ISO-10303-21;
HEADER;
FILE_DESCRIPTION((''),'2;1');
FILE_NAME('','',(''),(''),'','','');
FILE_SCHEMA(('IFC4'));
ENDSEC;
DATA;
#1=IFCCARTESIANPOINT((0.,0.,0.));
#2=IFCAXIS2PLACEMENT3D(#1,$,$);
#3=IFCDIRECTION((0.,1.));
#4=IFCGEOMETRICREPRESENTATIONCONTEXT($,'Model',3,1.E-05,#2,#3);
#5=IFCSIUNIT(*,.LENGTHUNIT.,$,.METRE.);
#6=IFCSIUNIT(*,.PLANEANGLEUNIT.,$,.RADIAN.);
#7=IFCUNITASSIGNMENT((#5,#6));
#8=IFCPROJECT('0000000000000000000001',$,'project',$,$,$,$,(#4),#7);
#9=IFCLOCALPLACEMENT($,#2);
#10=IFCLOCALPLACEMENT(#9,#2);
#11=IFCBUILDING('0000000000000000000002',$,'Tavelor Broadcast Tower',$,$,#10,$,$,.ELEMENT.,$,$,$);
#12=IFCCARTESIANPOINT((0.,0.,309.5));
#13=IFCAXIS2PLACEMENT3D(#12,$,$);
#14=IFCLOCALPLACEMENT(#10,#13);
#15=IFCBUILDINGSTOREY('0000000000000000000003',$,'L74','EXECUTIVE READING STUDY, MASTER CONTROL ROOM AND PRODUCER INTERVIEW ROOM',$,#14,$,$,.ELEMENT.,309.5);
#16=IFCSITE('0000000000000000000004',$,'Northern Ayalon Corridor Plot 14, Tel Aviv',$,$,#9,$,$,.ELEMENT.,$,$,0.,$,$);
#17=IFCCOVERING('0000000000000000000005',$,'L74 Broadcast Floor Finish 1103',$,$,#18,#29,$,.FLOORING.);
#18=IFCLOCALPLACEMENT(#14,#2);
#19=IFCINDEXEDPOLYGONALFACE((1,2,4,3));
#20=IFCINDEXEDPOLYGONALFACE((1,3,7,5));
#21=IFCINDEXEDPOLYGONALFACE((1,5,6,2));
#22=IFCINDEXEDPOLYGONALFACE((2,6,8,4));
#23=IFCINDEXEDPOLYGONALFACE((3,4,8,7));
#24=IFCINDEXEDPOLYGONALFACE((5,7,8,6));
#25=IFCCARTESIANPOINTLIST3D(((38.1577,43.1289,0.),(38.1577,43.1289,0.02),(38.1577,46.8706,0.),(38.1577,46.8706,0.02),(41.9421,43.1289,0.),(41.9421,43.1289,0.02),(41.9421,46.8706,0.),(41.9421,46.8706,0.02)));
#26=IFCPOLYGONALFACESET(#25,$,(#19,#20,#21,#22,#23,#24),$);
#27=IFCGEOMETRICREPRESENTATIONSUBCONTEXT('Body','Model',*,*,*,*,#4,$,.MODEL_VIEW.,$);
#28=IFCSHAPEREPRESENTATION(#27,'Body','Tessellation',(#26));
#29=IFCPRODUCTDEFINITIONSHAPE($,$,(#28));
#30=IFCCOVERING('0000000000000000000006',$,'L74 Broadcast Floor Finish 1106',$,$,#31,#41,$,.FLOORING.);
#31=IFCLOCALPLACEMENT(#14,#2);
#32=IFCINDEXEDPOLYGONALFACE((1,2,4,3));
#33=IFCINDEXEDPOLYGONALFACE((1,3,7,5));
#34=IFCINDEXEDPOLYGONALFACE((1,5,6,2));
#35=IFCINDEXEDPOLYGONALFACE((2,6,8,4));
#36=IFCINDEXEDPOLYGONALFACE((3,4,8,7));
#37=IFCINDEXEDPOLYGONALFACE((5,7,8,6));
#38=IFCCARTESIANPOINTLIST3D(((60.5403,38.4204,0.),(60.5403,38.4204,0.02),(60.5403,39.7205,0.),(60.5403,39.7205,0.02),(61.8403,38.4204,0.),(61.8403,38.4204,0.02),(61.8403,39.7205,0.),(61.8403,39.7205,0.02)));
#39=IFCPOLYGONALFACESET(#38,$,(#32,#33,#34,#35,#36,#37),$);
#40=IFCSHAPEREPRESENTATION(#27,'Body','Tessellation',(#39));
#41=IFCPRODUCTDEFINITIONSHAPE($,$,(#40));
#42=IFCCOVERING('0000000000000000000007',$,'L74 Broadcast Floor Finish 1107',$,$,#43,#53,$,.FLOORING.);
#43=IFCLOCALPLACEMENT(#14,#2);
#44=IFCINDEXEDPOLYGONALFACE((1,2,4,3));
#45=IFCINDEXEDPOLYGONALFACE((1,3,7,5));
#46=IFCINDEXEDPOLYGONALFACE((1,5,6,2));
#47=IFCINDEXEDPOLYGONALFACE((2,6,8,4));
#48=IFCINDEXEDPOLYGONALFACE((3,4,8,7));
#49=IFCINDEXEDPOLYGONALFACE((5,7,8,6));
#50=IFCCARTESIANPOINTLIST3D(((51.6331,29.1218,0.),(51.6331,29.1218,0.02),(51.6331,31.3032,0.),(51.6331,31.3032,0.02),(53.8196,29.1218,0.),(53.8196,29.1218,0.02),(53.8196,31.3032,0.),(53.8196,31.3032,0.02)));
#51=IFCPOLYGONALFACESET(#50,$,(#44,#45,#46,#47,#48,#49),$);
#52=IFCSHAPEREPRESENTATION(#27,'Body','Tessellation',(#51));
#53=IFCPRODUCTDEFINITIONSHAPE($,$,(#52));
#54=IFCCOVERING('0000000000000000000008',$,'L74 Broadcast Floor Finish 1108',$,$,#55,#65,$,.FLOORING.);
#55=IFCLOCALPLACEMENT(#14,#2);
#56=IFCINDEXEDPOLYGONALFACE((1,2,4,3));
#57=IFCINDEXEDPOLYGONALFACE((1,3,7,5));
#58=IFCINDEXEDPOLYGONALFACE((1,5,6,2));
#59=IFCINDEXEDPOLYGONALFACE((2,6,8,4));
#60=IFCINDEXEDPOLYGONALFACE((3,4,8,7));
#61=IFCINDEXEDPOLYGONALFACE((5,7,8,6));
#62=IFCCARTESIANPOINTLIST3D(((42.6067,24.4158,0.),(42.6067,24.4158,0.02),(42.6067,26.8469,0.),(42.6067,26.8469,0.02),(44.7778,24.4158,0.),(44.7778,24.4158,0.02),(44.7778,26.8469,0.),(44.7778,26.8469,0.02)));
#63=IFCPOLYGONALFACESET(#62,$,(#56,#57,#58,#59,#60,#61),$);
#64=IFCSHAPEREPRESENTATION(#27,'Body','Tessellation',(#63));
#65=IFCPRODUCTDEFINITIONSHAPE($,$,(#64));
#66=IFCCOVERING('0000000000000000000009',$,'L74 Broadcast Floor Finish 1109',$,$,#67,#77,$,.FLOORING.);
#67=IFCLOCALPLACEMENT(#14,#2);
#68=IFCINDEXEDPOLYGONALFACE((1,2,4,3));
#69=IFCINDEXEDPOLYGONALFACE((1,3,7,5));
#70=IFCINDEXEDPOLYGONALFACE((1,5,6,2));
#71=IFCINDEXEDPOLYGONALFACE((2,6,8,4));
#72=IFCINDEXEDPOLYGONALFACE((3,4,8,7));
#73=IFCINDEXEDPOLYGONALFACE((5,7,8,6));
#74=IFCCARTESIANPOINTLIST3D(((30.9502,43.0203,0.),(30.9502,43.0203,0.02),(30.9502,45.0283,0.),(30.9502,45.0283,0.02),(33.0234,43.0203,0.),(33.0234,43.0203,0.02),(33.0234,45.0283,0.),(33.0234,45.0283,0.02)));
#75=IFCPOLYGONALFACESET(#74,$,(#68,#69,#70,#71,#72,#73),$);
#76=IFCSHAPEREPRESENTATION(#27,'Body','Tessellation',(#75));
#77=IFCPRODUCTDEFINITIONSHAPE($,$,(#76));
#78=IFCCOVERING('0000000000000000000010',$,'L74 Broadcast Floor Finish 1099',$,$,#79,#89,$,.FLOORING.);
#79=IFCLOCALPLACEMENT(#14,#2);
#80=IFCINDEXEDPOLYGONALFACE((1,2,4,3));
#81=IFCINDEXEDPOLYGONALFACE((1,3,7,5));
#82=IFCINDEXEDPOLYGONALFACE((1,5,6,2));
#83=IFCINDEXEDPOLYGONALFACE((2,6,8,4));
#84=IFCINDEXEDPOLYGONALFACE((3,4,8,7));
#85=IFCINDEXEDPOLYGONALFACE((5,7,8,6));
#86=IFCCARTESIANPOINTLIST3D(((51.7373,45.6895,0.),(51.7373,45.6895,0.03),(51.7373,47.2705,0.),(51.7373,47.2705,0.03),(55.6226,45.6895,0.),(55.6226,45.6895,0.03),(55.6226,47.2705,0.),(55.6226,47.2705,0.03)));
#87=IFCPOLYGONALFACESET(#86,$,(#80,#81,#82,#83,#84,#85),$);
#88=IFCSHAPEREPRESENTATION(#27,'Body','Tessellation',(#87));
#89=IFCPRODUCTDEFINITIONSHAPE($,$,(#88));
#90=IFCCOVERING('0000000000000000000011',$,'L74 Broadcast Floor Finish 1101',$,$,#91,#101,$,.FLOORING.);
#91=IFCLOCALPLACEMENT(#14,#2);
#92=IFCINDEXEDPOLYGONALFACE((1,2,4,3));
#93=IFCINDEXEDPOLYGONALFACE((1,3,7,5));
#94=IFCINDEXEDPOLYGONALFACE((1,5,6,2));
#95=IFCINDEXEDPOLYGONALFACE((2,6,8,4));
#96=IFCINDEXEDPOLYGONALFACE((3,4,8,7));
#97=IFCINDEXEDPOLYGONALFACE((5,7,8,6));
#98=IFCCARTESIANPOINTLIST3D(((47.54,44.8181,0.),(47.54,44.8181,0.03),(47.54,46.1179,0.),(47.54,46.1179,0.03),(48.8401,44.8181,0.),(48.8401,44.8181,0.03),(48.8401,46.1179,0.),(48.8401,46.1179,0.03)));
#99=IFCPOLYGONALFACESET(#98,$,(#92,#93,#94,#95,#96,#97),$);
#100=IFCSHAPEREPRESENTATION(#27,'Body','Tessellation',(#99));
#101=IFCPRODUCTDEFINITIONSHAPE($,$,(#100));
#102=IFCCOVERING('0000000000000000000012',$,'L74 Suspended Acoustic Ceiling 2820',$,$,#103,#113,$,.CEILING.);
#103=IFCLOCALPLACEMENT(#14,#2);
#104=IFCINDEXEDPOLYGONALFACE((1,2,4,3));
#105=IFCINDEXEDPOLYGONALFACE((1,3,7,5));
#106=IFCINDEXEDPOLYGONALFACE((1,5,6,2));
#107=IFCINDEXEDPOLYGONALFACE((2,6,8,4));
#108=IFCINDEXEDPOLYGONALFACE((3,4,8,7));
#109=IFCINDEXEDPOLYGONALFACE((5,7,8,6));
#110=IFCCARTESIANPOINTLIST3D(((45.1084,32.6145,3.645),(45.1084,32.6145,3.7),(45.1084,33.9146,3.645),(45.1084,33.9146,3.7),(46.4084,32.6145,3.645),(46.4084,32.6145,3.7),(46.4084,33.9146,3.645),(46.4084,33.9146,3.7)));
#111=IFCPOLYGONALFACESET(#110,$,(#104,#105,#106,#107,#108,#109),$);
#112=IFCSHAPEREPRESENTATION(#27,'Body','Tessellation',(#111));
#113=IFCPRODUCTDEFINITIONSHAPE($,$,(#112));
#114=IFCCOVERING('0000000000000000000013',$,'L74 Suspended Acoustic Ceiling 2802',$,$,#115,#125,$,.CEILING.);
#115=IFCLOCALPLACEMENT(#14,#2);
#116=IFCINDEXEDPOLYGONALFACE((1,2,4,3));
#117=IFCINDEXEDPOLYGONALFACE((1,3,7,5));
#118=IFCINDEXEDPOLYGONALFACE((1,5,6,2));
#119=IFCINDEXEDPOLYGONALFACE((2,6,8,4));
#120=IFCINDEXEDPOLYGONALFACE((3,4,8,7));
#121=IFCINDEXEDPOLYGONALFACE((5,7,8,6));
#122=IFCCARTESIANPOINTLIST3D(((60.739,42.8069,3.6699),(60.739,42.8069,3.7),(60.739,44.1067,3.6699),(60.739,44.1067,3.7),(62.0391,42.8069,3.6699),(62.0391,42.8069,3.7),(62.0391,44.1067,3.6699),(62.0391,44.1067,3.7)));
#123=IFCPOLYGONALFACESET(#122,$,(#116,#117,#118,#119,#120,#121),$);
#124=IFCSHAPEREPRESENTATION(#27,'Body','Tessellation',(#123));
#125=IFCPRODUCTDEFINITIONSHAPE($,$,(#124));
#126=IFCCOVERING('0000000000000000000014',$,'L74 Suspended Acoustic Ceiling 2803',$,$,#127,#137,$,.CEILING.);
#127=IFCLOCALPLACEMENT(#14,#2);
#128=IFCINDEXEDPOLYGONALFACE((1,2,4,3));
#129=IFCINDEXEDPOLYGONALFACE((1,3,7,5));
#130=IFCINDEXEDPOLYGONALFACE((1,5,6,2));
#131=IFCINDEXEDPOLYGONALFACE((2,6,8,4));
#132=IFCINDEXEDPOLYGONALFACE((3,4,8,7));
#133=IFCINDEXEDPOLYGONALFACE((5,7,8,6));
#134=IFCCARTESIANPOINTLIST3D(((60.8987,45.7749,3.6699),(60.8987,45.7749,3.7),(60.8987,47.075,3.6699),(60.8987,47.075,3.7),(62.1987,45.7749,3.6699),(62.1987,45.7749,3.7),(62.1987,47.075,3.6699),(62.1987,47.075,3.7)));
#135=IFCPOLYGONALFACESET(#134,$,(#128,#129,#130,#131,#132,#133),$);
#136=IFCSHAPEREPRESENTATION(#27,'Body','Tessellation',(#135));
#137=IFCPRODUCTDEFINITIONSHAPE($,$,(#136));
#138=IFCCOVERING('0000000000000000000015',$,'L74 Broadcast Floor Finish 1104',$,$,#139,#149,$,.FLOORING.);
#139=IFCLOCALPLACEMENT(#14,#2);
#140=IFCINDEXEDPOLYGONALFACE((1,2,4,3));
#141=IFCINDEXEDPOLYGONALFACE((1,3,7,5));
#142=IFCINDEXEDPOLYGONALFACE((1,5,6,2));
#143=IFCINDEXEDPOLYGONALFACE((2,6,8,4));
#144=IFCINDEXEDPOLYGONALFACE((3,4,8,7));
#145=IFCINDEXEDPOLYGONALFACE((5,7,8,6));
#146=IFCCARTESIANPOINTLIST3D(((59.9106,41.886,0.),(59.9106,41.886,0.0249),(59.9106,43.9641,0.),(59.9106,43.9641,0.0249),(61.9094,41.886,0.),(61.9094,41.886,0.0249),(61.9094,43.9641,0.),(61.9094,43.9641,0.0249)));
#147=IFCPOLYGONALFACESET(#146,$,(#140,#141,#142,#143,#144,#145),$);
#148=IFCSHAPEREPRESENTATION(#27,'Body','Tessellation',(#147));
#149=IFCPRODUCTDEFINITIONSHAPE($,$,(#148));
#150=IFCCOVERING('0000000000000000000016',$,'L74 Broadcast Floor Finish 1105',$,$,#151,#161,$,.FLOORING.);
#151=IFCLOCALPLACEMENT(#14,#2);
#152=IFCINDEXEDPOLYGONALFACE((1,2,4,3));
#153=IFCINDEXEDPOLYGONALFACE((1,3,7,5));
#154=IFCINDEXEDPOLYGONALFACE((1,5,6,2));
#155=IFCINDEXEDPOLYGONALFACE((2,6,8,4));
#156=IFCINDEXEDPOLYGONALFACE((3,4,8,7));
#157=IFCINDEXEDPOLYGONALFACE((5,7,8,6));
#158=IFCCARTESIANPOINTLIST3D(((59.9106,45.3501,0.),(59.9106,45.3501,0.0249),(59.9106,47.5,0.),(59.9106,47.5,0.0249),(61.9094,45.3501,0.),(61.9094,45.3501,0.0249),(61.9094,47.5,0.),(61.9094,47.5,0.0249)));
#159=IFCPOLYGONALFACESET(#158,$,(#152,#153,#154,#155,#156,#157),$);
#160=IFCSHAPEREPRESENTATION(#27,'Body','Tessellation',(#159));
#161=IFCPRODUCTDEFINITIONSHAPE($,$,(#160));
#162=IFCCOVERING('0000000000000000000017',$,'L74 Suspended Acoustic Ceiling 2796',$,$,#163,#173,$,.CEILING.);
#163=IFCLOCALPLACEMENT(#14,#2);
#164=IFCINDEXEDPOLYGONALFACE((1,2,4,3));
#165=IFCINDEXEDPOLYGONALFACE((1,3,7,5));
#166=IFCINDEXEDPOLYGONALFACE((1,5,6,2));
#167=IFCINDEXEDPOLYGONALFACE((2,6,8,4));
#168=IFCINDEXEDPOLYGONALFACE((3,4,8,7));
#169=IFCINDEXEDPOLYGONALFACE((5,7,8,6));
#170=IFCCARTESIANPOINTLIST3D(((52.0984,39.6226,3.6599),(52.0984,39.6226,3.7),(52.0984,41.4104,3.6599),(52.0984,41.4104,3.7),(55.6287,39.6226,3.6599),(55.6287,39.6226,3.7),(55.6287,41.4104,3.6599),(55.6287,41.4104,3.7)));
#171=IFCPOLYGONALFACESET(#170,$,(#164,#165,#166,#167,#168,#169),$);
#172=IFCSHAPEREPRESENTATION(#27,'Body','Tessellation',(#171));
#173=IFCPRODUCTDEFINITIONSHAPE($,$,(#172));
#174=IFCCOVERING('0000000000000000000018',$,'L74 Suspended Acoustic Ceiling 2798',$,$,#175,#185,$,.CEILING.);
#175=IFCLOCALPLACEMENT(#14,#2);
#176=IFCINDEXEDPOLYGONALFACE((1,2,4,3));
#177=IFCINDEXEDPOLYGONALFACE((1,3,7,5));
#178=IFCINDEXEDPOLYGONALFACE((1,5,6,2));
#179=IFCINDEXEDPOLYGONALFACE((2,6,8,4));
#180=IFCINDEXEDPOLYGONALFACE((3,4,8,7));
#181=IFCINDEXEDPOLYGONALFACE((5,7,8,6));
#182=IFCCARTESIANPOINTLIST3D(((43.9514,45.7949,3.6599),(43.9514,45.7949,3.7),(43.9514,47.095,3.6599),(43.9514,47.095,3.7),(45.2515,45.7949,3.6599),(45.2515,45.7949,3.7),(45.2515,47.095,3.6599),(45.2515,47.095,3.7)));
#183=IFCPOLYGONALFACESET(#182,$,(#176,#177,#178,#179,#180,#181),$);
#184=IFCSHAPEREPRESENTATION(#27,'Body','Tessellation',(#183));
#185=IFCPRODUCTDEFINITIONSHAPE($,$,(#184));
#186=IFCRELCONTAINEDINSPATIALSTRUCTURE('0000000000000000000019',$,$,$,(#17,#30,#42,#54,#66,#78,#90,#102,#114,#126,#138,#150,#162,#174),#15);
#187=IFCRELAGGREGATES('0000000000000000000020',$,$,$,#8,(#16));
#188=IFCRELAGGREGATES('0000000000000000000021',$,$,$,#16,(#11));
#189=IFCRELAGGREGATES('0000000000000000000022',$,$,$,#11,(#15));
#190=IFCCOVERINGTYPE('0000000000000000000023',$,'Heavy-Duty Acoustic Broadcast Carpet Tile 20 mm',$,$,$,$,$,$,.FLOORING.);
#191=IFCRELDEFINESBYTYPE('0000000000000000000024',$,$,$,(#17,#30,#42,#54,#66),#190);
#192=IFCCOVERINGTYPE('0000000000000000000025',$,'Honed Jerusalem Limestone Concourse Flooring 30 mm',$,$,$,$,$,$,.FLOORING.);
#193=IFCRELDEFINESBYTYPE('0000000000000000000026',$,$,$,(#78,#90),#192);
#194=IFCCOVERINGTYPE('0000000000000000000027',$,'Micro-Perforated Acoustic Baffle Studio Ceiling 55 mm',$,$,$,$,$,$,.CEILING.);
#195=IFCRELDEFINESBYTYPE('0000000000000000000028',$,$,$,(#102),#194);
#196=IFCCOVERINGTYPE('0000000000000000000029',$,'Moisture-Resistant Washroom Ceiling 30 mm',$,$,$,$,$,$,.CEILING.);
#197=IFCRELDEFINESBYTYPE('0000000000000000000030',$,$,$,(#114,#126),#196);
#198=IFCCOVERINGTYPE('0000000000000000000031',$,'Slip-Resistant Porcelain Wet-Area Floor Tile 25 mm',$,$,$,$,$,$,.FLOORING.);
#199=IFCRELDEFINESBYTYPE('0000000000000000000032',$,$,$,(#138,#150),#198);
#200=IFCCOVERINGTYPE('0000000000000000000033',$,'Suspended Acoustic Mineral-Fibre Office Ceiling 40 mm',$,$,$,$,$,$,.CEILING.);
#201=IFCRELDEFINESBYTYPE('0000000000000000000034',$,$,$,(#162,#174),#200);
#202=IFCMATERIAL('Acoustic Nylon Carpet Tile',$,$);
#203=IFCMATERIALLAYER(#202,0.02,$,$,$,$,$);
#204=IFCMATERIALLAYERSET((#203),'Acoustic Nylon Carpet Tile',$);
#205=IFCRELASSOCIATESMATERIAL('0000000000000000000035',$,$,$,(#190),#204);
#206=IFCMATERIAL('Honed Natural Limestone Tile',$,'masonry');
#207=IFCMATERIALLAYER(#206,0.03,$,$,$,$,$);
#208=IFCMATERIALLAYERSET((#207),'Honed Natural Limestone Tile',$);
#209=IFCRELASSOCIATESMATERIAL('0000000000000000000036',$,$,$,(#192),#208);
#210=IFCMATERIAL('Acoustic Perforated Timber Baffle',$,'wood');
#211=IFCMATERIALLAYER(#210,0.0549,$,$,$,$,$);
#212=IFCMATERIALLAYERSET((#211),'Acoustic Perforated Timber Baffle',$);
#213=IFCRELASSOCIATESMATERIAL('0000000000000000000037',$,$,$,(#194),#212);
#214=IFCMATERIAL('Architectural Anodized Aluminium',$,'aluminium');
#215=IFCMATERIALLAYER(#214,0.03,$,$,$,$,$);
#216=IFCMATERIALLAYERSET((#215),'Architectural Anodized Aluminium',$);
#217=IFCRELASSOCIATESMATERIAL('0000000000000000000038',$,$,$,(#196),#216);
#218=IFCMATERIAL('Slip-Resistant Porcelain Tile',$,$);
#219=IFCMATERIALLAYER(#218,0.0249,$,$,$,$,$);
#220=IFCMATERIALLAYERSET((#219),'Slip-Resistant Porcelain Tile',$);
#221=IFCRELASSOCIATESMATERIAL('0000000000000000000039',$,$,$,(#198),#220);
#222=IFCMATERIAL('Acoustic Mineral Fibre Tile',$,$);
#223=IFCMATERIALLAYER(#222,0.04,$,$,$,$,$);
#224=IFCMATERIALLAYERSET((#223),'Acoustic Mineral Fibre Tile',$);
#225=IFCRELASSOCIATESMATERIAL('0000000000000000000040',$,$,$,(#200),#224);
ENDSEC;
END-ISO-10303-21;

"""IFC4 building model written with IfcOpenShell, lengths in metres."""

from ifc_helpers import new_model, si_unit, direction, frame, origin, place, context, subcontext, project, spatial, polyline, outline, extrude, material, layer, layer_set, type_object, element, save


model = new_model("IFC4")

# Units and contexts
model_context = context("Model", 3, precision=1e-05, world=origin(), true_north=direction((0.0, 1.0)))
body_context = subcontext(model_context, "Body", "Model", "MODEL_VIEW")
ifc_project = project(units=[si_unit("LENGTHUNIT", "METRE"), si_unit("PLANEANGLEUNIT", "RADIAN")], contexts=[model_context])

# Site, building, storey
site_placement = place(None, origin())
site = spatial("IfcSite", under=ifc_project, at=site_placement, Name="Northern Ayalon Corridor Plot 14, Tel Aviv", CompositionType="ELEMENT", RefElevation=0.0)
building_placement = place(site_placement, origin())
building = spatial("IfcBuilding", under=site, at=building_placement, Name="Tavelor Broadcast Tower", CompositionType="ELEMENT")
storey_placement = place(building_placement, frame((0.0, 0.0, 309.5)))
storey = spatial("IfcBuildingStorey", under=building, at=storey_placement, Name="L74", Description="EXECUTIVE READING STUDY, MASTER CONTROL ROOM AND PRODUCER INTERVIEW ROOM", CompositionType="ELEMENT", Elevation=309.5)

# Coverings
ifc_material_1 = material(Name="Architectural Anodized Aluminium", Category="aluminium")
ifc_material_2 = material(Name="Acoustic Nylon Carpet Tile")
ifc_layer_1 = layer(ifc_material_2, 0.02)
ifc_layer_set_1 = layer_set([ifc_layer_1], Name="Acoustic Nylon Carpet Tile")
covering_type_1 = type_object("IfcCoveringType", Name="Heavy-Duty Acoustic Broadcast Carpet Tile 20 mm", PredefinedType="FLOORING", material=ifc_layer_set_1)
covering_1_placement = place(storey_placement, origin())
element("IfcCovering", 1, at=covering_1_placement, inside=storey, type_object=covering_type_1, Name="L74 Broadcast Floor Finish 1103", PredefinedType="FLOORING", context=body_context, shape_type="SweptSolid", body=[
    extrude(outline(polyline([(38.1577, 43.1289), (41.9421, 43.1289), (41.9421, 46.8706), (38.1577, 46.8706), (38.1577, 43.1289)])), origin(), (0.0, 0.0, 1.0), 0.02),
])
covering_2_placement = place(storey_placement, origin())
element("IfcCovering", 2, at=covering_2_placement, inside=storey, type_object=covering_type_1, Name="L74 Broadcast Floor Finish 1106", PredefinedType="FLOORING", context=body_context, shape_type="SweptSolid", body=[
    extrude(outline(polyline([(60.5403, 38.4204), (61.8403, 38.4204), (61.8403, 39.7205), (60.5403, 39.7205), (60.5403, 38.4204)])), origin(), (0.0, 0.0, 1.0), 0.02),
])
covering_3_placement = place(storey_placement, origin())
element("IfcCovering", 3, at=covering_3_placement, inside=storey, type_object=covering_type_1, Name="L74 Broadcast Floor Finish 1107", PredefinedType="FLOORING", context=body_context, shape_type="SweptSolid", body=[
    extrude(outline(polyline([(51.6331, 29.1218), (53.8196, 29.1218), (53.8196, 31.3032), (51.6331, 31.3032), (51.6331, 29.1218)])), origin(), (0.0, 0.0, 1.0), 0.02),
])
covering_4_placement = place(storey_placement, origin())
element("IfcCovering", 4, at=covering_4_placement, inside=storey, type_object=covering_type_1, Name="L74 Broadcast Floor Finish 1108", PredefinedType="FLOORING", context=body_context, shape_type="SweptSolid", body=[
    extrude(outline(polyline([(42.6067, 24.4158), (44.7778, 24.4158), (44.7778, 26.8469), (42.6067, 26.8469), (42.6067, 24.4158)])), origin(), (0.0, 0.0, 1.0), 0.02),
])
covering_5_placement = place(storey_placement, origin())
element("IfcCovering", 5, at=covering_5_placement, inside=storey, type_object=covering_type_1, Name="L74 Broadcast Floor Finish 1109", PredefinedType="FLOORING", context=body_context, shape_type="SweptSolid", body=[
    extrude(outline(polyline([(30.9502, 43.0203), (33.0234, 43.0203), (33.0234, 45.0283), (30.9502, 45.0283), (30.9502, 43.0203)])), origin(), (0.0, 0.0, 1.0), 0.02),
])
ifc_material_3 = material(Name="Honed Natural Limestone Tile", Category="masonry")
ifc_layer_2 = layer(ifc_material_3, 0.03)
ifc_layer_set_2 = layer_set([ifc_layer_2], Name="Honed Natural Limestone Tile")
covering_type_2 = type_object("IfcCoveringType", Name="Honed Jerusalem Limestone Concourse Flooring 30 mm", PredefinedType="FLOORING", material=ifc_layer_set_2)
covering_6_placement = place(storey_placement, origin())
element("IfcCovering", 6, at=covering_6_placement, inside=storey, type_object=covering_type_2, Name="L74 Broadcast Floor Finish 1099", PredefinedType="FLOORING", context=body_context, shape_type="SweptSolid", body=[
    extrude(outline(polyline([(51.7373, 45.6895), (55.6226, 45.6895), (55.6226, 47.2705), (51.7373, 47.2705), (51.7373, 45.6895)])), origin(), (0.0, 0.0, 1.0), 0.03),
])
covering_7_placement = place(storey_placement, origin())
element("IfcCovering", 7, at=covering_7_placement, inside=storey, type_object=covering_type_2, Name="L74 Broadcast Floor Finish 1101", PredefinedType="FLOORING", context=body_context, shape_type="SweptSolid", body=[
    extrude(outline(polyline([(47.54, 44.8181), (48.8401, 44.8181), (48.8401, 46.1179), (47.54, 46.1179), (47.54, 44.8181)])), origin(), (0.0, 0.0, 1.0), 0.03),
])
ifc_material_4 = material(Name="Acoustic Perforated Timber Baffle", Category="wood")
ifc_layer_3 = layer(ifc_material_4, 0.0549)
ifc_layer_set_3 = layer_set([ifc_layer_3], Name="Acoustic Perforated Timber Baffle")
covering_type_3 = type_object("IfcCoveringType", Name="Micro-Perforated Acoustic Baffle Studio Ceiling 55 mm", PredefinedType="CEILING", material=ifc_layer_set_3)
covering_8_placement = place(storey_placement, frame((0.0, 0.0, 3.645)))
element("IfcCovering", 8, at=covering_8_placement, inside=storey, type_object=covering_type_3, Name="L74 Suspended Acoustic Ceiling 2820", PredefinedType="CEILING", context=body_context, shape_type="SweptSolid", body=[
    extrude(outline(polyline([(45.1084, 32.6145), (46.4084, 32.6145), (46.4084, 33.9146), (45.1084, 33.9146), (45.1084, 32.6145)])), origin(), (0.0, 0.0, 1.0), 0.0549),
])
ifc_layer_4 = layer(ifc_material_1, 0.03)
ifc_layer_set_4 = layer_set([ifc_layer_4], Name="Architectural Anodized Aluminium")
covering_type_4 = type_object("IfcCoveringType", Name="Moisture-Resistant Washroom Ceiling 30 mm", PredefinedType="CEILING", material=ifc_layer_set_4)
covering_9_placement = place(storey_placement, frame((0.0, 0.0, 3.6699)))
element("IfcCovering", 9, at=covering_9_placement, inside=storey, type_object=covering_type_4, Name="L74 Suspended Acoustic Ceiling 2802", PredefinedType="CEILING", context=body_context, shape_type="SweptSolid", body=[
    extrude(outline(polyline([(60.739, 42.8069), (62.0391, 42.8069), (62.0391, 44.1067), (60.739, 44.1067), (60.739, 42.8069)])), origin(), (0.0, 0.0, 1.0), 0.03),
])
covering_10_placement = place(storey_placement, frame((0.0, 0.0, 3.6699)))
element("IfcCovering", 10, at=covering_10_placement, inside=storey, type_object=covering_type_4, Name="L74 Suspended Acoustic Ceiling 2803", PredefinedType="CEILING", context=body_context, shape_type="SweptSolid", body=[
    extrude(outline(polyline([(60.8987, 45.7749), (62.1987, 45.7749), (62.1987, 47.075), (60.8987, 47.075), (60.8987, 45.7749)])), origin(), (0.0, 0.0, 1.0), 0.03),
])
ifc_material_5 = material(Name="Slip-Resistant Porcelain Tile")
ifc_layer_5 = layer(ifc_material_5, 0.0249)
ifc_layer_set_5 = layer_set([ifc_layer_5], Name="Slip-Resistant Porcelain Tile")
covering_type_5 = type_object("IfcCoveringType", Name="Slip-Resistant Porcelain Wet-Area Floor Tile 25 mm", PredefinedType="FLOORING", material=ifc_layer_set_5)
covering_11_placement = place(storey_placement, origin())
element("IfcCovering", 11, at=covering_11_placement, inside=storey, type_object=covering_type_5, Name="L74 Broadcast Floor Finish 1104", PredefinedType="FLOORING", context=body_context, shape_type="SweptSolid", body=[
    extrude(outline(polyline([(59.9106, 41.886), (61.9094, 41.886), (61.9094, 43.9641), (59.9106, 43.9641), (59.9106, 41.886)])), origin(), (0.0, 0.0, 1.0), 0.0249),
])
covering_12_placement = place(storey_placement, origin())
element("IfcCovering", 12, at=covering_12_placement, inside=storey, type_object=covering_type_5, Name="L74 Broadcast Floor Finish 1105", PredefinedType="FLOORING", context=body_context, shape_type="SweptSolid", body=[
    extrude(outline(polyline([(59.9106, 45.3501), (61.9094, 45.3501), (61.9094, 47.5), (59.9106, 47.5), (59.9106, 45.3501)])), origin(), (0.0, 0.0, 1.0), 0.0249),
])
ifc_material_6 = material(Name="Acoustic Mineral Fibre Tile")
ifc_layer_6 = layer(ifc_material_6, 0.04)
ifc_layer_set_6 = layer_set([ifc_layer_6], Name="Acoustic Mineral Fibre Tile")
covering_type_6 = type_object("IfcCoveringType", Name="Suspended Acoustic Mineral-Fibre Office Ceiling 40 mm", PredefinedType="CEILING", material=ifc_layer_set_6)
covering_13_placement = place(storey_placement, frame((0.0, 0.0, 3.6599)))
element("IfcCovering", 13, at=covering_13_placement, inside=storey, type_object=covering_type_6, Name="L74 Suspended Acoustic Ceiling 2796", PredefinedType="CEILING", context=body_context, shape_type="SweptSolid", body=[
    extrude(outline(polyline([(52.0984, 39.6226), (55.6287, 39.6226), (55.6287, 41.4104), (52.0984, 41.4104), (52.0984, 39.6226)])), origin(), (0.0, 0.0, 1.0), 0.04),
])
covering_14_placement = place(storey_placement, frame((0.0, 0.0, 3.6599)))
element("IfcCovering", 14, at=covering_14_placement, inside=storey, type_object=covering_type_6, Name="L74 Suspended Acoustic Ceiling 2798", PredefinedType="CEILING", context=body_context, shape_type="SweptSolid", body=[
    extrude(outline(polyline([(43.9514, 45.7949), (45.2515, 45.7949), (45.2515, 47.095), (43.9514, 47.095), (43.9514, 45.7949)])), origin(), (0.0, 0.0, 1.0), 0.04),
])

save(model, "model.ifc")
